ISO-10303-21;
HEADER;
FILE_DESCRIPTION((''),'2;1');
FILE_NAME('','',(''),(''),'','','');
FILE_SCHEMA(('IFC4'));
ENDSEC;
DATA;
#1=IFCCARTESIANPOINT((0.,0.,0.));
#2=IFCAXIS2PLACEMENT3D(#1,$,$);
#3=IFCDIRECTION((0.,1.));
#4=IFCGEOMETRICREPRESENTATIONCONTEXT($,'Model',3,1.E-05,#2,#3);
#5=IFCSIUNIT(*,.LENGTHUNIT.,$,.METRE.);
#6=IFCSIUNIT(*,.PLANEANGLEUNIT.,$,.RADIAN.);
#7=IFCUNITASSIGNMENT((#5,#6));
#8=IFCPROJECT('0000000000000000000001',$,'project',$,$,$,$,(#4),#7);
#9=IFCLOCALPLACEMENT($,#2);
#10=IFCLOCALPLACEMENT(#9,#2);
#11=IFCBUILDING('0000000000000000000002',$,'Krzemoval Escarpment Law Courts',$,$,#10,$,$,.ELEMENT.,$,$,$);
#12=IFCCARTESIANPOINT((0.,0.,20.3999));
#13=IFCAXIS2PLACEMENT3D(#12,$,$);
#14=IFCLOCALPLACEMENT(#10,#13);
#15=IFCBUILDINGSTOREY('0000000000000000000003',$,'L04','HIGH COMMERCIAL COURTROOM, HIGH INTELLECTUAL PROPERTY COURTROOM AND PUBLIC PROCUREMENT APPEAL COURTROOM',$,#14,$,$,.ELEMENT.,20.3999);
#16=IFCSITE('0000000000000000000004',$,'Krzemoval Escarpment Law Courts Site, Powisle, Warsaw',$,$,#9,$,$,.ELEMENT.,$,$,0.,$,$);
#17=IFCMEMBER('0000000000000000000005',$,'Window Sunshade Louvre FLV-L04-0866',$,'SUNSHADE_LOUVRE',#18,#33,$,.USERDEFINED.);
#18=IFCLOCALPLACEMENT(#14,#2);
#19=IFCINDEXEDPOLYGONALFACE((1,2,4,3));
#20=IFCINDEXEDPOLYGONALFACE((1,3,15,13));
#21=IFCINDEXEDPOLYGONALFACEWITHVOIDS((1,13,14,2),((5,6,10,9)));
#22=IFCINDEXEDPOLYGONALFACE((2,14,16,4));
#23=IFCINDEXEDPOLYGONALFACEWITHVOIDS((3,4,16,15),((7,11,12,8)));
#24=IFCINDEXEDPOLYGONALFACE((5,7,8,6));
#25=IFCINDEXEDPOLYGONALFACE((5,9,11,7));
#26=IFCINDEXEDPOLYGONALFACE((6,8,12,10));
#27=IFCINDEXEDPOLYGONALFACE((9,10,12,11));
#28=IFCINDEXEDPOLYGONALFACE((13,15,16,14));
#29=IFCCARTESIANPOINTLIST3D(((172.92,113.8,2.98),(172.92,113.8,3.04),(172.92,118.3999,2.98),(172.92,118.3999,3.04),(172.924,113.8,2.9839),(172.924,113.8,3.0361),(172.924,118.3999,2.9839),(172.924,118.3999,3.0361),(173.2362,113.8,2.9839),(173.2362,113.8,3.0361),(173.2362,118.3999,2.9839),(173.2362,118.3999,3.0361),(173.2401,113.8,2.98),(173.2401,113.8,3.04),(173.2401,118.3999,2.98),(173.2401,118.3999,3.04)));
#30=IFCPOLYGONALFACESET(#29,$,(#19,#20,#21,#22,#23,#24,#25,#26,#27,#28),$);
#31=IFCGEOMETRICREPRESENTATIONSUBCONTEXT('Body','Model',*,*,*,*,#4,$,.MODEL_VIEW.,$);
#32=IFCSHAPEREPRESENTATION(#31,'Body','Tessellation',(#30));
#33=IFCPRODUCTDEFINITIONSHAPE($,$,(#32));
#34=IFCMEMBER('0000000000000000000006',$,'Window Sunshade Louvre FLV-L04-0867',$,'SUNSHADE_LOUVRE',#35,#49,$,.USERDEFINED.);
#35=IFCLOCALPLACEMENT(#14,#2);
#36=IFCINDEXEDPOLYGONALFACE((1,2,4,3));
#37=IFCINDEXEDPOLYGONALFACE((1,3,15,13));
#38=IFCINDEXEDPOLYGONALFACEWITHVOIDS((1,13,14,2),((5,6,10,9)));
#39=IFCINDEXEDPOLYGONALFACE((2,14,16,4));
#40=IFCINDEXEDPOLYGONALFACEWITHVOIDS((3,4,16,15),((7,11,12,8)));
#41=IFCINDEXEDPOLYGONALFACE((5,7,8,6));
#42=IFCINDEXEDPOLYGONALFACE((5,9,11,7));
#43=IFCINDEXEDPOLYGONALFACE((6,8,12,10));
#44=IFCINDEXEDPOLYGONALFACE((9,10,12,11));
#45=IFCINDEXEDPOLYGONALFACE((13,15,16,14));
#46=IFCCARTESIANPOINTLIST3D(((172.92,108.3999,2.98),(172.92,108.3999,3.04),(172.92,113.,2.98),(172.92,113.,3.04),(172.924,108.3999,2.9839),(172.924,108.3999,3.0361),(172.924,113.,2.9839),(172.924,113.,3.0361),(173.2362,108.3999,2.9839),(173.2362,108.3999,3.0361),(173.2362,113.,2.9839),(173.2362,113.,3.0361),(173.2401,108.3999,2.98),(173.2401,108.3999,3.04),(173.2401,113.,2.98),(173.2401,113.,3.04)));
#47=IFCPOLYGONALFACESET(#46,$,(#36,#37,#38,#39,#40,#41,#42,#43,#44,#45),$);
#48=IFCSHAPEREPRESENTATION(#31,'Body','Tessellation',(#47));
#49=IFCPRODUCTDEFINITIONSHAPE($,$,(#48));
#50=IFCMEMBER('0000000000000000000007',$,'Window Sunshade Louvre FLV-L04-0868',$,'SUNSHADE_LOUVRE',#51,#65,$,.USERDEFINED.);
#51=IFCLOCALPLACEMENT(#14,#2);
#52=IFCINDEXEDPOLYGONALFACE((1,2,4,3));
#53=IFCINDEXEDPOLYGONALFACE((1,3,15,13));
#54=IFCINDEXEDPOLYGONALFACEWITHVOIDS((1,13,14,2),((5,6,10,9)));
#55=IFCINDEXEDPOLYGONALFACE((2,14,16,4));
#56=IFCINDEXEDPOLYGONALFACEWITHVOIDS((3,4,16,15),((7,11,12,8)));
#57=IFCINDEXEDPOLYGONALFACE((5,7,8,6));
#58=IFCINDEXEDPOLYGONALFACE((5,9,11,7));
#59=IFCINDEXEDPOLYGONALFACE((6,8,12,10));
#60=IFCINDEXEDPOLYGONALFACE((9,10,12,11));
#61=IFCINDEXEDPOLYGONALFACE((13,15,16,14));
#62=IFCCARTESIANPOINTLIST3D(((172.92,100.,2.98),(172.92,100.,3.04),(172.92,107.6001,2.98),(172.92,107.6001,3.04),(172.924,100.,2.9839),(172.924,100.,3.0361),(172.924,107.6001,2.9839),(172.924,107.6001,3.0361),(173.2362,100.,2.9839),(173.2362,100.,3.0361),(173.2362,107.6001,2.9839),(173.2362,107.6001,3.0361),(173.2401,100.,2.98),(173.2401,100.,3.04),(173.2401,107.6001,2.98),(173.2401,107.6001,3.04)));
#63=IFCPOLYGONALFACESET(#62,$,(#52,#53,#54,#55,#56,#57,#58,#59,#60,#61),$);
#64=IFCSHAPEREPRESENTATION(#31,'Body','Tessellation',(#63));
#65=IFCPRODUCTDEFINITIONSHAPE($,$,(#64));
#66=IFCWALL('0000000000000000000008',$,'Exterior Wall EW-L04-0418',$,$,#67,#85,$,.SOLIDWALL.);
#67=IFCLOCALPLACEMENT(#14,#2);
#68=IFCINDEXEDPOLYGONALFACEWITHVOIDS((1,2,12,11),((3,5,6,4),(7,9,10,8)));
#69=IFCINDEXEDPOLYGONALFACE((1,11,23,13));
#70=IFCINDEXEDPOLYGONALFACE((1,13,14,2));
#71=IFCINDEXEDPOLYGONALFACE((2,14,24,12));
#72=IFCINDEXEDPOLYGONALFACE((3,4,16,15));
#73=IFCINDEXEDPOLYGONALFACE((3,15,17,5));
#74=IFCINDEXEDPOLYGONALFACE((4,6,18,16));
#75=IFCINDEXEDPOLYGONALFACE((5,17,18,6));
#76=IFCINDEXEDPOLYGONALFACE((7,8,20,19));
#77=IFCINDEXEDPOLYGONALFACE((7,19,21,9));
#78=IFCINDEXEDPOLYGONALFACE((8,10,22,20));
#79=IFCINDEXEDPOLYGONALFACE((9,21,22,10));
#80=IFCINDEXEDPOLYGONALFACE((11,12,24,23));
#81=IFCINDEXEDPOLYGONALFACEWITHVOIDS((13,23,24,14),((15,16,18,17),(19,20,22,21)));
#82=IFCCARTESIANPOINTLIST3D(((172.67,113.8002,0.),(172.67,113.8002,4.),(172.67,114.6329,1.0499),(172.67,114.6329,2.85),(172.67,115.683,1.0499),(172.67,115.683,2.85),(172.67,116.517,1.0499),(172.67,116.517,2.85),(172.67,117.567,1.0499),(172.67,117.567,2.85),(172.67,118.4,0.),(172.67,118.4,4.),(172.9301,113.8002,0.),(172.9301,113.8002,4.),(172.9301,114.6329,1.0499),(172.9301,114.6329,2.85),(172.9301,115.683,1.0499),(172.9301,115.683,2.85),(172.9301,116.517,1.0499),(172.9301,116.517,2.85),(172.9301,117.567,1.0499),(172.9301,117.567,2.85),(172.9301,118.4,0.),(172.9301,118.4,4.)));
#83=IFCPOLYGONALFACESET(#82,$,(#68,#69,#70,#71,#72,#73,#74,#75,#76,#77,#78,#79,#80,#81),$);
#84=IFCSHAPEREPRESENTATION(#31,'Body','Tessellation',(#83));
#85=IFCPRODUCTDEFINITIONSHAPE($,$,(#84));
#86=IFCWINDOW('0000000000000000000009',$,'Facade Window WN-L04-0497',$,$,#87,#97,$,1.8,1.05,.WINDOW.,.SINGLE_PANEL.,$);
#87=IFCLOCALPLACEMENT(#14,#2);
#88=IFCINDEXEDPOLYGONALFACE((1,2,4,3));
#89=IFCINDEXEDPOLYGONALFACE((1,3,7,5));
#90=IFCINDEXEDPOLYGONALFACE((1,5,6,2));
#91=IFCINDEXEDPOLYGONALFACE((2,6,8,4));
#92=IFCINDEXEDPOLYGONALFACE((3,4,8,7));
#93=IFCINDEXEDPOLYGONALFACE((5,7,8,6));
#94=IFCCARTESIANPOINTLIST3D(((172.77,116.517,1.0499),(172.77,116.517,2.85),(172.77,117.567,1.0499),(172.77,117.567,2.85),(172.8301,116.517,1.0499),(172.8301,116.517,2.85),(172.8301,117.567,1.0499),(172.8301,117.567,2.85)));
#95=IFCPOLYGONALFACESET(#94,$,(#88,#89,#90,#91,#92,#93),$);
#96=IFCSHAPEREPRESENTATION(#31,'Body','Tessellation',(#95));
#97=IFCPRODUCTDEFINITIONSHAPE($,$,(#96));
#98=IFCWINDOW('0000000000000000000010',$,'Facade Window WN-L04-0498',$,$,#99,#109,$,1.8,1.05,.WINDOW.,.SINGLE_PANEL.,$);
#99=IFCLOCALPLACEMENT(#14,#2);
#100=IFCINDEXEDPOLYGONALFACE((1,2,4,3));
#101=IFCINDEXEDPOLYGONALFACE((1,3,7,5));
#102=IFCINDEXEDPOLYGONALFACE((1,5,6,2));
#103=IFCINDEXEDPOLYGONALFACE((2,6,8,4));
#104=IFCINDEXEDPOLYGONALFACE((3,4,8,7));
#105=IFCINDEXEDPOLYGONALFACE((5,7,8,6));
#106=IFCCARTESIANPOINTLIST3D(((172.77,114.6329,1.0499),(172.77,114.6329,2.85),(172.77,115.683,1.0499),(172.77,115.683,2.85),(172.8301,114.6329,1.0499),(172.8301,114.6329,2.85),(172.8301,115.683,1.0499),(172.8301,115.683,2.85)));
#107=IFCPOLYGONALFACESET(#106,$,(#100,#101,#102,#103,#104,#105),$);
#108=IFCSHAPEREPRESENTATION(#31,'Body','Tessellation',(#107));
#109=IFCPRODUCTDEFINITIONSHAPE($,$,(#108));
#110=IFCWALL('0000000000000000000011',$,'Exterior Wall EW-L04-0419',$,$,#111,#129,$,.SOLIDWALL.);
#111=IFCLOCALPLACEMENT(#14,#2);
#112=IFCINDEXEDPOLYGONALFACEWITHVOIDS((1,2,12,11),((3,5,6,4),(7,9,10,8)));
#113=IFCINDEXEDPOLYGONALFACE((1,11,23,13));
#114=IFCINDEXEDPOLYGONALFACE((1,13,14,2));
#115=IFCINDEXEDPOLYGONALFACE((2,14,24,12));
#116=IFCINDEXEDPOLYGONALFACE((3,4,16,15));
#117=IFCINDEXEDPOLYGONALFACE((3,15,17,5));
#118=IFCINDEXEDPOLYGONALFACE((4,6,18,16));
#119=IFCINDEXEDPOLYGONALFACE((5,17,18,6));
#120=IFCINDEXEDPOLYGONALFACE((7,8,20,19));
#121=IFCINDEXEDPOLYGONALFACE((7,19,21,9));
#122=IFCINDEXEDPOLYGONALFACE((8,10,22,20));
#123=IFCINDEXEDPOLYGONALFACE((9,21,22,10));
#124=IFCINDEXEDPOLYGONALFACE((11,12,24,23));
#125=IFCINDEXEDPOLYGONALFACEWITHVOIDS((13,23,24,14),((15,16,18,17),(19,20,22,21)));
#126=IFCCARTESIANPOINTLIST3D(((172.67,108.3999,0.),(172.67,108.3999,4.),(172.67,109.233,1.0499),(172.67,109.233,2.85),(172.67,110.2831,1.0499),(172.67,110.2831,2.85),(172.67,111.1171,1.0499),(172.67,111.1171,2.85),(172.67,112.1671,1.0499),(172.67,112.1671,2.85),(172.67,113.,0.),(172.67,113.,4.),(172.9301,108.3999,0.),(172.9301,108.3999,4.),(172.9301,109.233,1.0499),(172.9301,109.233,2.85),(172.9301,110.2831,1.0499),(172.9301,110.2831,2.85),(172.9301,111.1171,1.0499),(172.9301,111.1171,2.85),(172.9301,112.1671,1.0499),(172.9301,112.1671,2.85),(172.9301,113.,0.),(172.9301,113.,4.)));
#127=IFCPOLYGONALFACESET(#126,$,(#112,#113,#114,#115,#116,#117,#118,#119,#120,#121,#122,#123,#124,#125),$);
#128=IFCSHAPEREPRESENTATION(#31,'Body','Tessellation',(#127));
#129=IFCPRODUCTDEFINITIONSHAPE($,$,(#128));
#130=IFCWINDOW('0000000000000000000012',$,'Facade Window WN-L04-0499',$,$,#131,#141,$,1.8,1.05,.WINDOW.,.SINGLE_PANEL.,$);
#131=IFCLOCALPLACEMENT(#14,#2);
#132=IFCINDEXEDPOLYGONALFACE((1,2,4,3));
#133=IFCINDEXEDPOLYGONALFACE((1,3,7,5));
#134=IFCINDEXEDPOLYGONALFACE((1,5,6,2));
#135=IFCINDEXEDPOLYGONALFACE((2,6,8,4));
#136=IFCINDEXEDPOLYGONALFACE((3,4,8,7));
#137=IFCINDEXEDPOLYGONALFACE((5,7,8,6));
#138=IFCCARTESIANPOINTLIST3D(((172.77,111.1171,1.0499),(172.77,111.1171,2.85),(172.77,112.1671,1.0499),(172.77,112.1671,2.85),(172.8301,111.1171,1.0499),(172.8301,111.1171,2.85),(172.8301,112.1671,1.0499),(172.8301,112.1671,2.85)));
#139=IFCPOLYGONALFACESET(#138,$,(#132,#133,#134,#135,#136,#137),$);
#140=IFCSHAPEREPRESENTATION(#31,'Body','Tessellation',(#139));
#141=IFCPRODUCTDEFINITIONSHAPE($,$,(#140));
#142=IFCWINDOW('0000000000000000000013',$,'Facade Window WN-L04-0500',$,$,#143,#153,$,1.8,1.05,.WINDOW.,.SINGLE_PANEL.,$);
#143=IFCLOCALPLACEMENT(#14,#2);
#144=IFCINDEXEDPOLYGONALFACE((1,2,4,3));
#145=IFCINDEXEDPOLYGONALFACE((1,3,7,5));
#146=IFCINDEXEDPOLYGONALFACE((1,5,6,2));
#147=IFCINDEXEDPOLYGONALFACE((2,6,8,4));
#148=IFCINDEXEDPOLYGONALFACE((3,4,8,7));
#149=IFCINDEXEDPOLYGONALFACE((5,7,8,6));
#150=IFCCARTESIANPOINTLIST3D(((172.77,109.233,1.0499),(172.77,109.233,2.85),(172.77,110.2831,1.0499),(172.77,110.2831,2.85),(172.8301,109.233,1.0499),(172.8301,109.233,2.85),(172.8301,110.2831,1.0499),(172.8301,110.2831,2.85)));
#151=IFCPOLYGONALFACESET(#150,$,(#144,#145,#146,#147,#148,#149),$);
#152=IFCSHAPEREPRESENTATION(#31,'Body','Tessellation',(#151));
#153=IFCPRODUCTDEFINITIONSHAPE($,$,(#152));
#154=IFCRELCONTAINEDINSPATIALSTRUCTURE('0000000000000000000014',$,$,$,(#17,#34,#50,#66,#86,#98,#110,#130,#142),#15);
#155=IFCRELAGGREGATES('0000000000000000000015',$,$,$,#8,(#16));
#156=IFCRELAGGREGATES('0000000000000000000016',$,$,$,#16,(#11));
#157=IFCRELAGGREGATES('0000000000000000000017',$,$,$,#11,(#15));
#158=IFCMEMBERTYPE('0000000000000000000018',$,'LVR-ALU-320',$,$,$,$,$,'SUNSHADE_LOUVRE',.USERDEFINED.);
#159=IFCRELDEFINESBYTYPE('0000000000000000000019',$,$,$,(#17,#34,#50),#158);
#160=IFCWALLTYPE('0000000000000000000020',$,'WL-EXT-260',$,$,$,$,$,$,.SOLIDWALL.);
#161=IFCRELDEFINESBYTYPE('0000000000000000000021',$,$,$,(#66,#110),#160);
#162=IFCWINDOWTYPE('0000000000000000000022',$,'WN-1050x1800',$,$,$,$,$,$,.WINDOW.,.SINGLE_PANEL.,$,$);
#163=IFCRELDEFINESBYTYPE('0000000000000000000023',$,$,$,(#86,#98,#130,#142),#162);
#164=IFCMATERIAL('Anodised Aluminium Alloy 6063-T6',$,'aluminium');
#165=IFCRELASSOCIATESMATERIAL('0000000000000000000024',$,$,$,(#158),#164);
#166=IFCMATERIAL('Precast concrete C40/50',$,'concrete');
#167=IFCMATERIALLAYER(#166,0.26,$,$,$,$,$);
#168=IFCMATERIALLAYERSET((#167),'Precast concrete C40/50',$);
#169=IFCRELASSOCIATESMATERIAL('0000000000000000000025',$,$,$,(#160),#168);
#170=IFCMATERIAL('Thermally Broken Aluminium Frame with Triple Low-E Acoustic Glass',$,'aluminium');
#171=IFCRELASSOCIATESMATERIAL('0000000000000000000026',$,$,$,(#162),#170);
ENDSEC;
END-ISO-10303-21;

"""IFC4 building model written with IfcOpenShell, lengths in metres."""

from ifc_helpers import new_model, si_unit, direction, frame, frame_2d, origin, origin_2d, place, context, subcontext, project, spatial, rectangle, hollow_rectangle, extrude, material, layer, layer_set, material_profile, profile_set, type_object, element, fill, save


model = new_model("IFC4")

# Units and contexts
model_context = context("Model", 3, precision=1e-05, world=origin(), true_north=direction((0.0, 1.0)))
body_context = subcontext(model_context, "Body", "Model", "MODEL_VIEW")
ifc_project = project(units=[si_unit("LENGTHUNIT", "METRE"), si_unit("PLANEANGLEUNIT", "RADIAN")], contexts=[model_context])

# Site, building, storey
site_placement = place(None, origin())
site = spatial("IfcSite", under=ifc_project, at=site_placement, Name="Krzemoval Escarpment Law Courts Site, Powisle, Warsaw", CompositionType="ELEMENT", RefElevation=0.0)
building_placement = place(site_placement, origin())
building = spatial("IfcBuilding", under=site, at=building_placement, Name="Krzemoval Escarpment Law Courts", CompositionType="ELEMENT")
storey_placement = place(building_placement, frame((0.0, 0.0, 20.3999)))
storey = spatial("IfcBuildingStorey", under=building, at=storey_placement, Name="L04", Description="HIGH COMMERCIAL COURTROOM, HIGH INTELLECTUAL PROPERTY COURTROOM AND PUBLIC PROCUREMENT APPEAL COURTROOM", CompositionType="ELEMENT", Elevation=20.3999)

# Members
ifc_material_1 = material(Name="Anodised Aluminium Alloy 6063-T6", Category="aluminium")
ifc_material_profile_1 = material_profile(ifc_material_1, hollow_rectangle(XDim=0.0601, YDim=0.3201, WallThickness=0.0039, at=origin_2d()), Name="ALU LVR 60x320")
ifc_profile_set_1 = profile_set([ifc_material_profile_1], Name="Anodised Aluminium Alloy 6063-T6")
member_type_1 = type_object("IfcMemberType", Name="LVR-ALU-320", ElementType="SUNSHADE_LOUVRE", PredefinedType="USERDEFINED", material=ifc_profile_set_1)
member_1_placement = place(storey_placement, frame((173.0801, 118.3999, 3.01), z_axis=(0.0, -1.0, 0.0), x_axis=(0.0, 0.0, 1.0)))
element("IfcMember", 1, at=member_1_placement, inside=storey, type_object=member_type_1, Name="Window Sunshade Louvre FLV-L04-0866", ObjectType="SUNSHADE_LOUVRE", PredefinedType="USERDEFINED", context=body_context, shape_type="SweptSolid", body=[
    extrude(hollow_rectangle(XDim=0.0601, YDim=0.3201, WallThickness=0.0039, at=origin_2d()), origin(), (0.0, 0.0, 1.0), 4.5999),
])
member_2_placement = place(storey_placement, frame((173.0801, 113.0, 3.01), z_axis=(0.0, -1.0, 0.0), x_axis=(0.0, 0.0, 1.0)))
element("IfcMember", 2, at=member_2_placement, inside=storey, type_object=member_type_1, Name="Window Sunshade Louvre FLV-L04-0867", ObjectType="SUNSHADE_LOUVRE", PredefinedType="USERDEFINED", context=body_context, shape_type="SweptSolid", body=[
    extrude(hollow_rectangle(XDim=0.0601, YDim=0.3201, WallThickness=0.0039, at=origin_2d()), origin(), (0.0, 0.0, 1.0), 4.6001),
])
member_3_placement = place(storey_placement, frame((173.0801, 107.6001, 3.01), z_axis=(0.0, -1.0, 0.0), x_axis=(0.0, 0.0, 1.0)))
element("IfcMember", 3, at=member_3_placement, inside=storey, type_object=member_type_1, Name="Window Sunshade Louvre FLV-L04-0868", ObjectType="SUNSHADE_LOUVRE", PredefinedType="USERDEFINED", context=body_context, shape_type="SweptSolid", body=[
    extrude(hollow_rectangle(XDim=0.0601, YDim=0.3201, WallThickness=0.0039, at=origin_2d()), origin(), (0.0, 0.0, 1.0), 7.6001),
])

# Walls, openings, windows
ifc_material_2 = material(Name="Precast concrete C40/50", Category="concrete")
ifc_layer_1 = layer(ifc_material_2, 0.26)
ifc_layer_set_1 = layer_set([ifc_layer_1], Name="Precast concrete C40/50")
wall_type_1 = type_object("IfcWallType", Name="WL-EXT-260", PredefinedType="SOLIDWALL", material=ifc_layer_set_1)
wall_1_placement = place(storey_placement, frame((172.8, 118.3999, 0.0), z_axis=(0.0, 0.0, 1.0), x_axis=(0.0, -1.0, 0.0)))
wall_1 = element("IfcWall", 4, at=wall_1_placement, inside=storey, type_object=wall_type_1, Name="Exterior Wall EW-L04-0418", PredefinedType="SOLIDWALL", context=body_context, shape_type="SweptSolid", body=[
    extrude(rectangle(XDim=4.5999, YDim=0.26, at=frame_2d((2.2998, 0.0))), origin(), (0.0, 0.0, 1.0), 4.0),
])
opening_1_placement = place(wall_1_placement, frame((0.833, 0.0, 1.05)))
opening_1 = element("IfcOpeningElement", 5, at=opening_1_placement, cuts=wall_1, PredefinedType="OPENING", context=body_context, shape_type="SweptSolid", body=[
    extrude(rectangle(XDim=1.05, YDim=1.8, at=frame_2d((0.5249, 0.8999))), frame((0.0, 0.145, 0.0), z_axis=(0.0, -1.0, 0.0), x_axis=(1.0, 0.0, 0.0)), (0.0, 0.0, 1.0), 0.29),
])
opening_2_placement = place(wall_1_placement, frame((2.717, 0.0, 1.05)))
opening_2 = element("IfcOpeningElement", 6, at=opening_2_placement, cuts=wall_1, PredefinedType="OPENING", context=body_context, shape_type="SweptSolid", body=[
    extrude(rectangle(XDim=1.05, YDim=1.8, at=frame_2d((0.5249, 0.8999))), frame((0.0, 0.145, 0.0), z_axis=(0.0, -1.0, 0.0), x_axis=(1.0, 0.0, 0.0)), (0.0, 0.0, 1.0), 0.29),
])
ifc_material_3 = material(Name="Thermally Broken Aluminium Frame with Triple Low-E Acoustic Glass", Category="aluminium")
window_type = type_object("IfcWindowType", Name="WN-1050x1800", PartitioningType="SINGLE_PANEL", PredefinedType="WINDOW", material=ifc_material_3)
window_1_placement = place(opening_1_placement, origin())
window_1 = element("IfcWindow", 7, at=window_1_placement, inside=storey, type_object=window_type, Name="Facade Window WN-L04-0497", OverallHeight=1.8, OverallWidth=1.05, PartitioningType="SINGLE_PANEL", PredefinedType="WINDOW", context=body_context, shape_type="SweptSolid", body=[
    extrude(rectangle(XDim=1.05, YDim=1.8, at=frame_2d((0.5249, 0.8999))), frame((0.0, 0.03, 0.0), z_axis=(0.0, -1.0, 0.0), x_axis=(1.0, 0.0, 0.0)), (0.0, 0.0, 1.0), 0.0601),
])
fill(opening_1, window_1)
window_2_placement = place(opening_2_placement, origin())
window_2 = element("IfcWindow", 8, at=window_2_placement, inside=storey, type_object=window_type, Name="Facade Window WN-L04-0498", OverallHeight=1.8, OverallWidth=1.05, PartitioningType="SINGLE_PANEL", PredefinedType="WINDOW", context=body_context, shape_type="SweptSolid", body=[
    extrude(rectangle(XDim=1.05, YDim=1.8, at=frame_2d((0.5249, 0.8999))), frame((0.0, 0.03, 0.0), z_axis=(0.0, -1.0, 0.0), x_axis=(1.0, 0.0, 0.0)), (0.0, 0.0, 1.0), 0.0601),
])
fill(opening_2, window_2)
wall_2_placement = place(storey_placement, frame((172.8, 113.0, 0.0), z_axis=(0.0, 0.0, 1.0), x_axis=(0.0, -1.0, 0.0)))
wall_2 = element("IfcWall", 9, at=wall_2_placement, inside=storey, type_object=wall_type_1, Name="Exterior Wall EW-L04-0419", PredefinedType="SOLIDWALL", context=body_context, shape_type="SweptSolid", body=[
    extrude(rectangle(XDim=4.6001, YDim=0.26, at=frame_2d((2.3, 0.0))), origin(), (0.0, 0.0, 1.0), 4.0),
])
opening_3_placement = place(wall_2_placement, frame((0.833, 0.0, 1.05)))
opening_3 = element("IfcOpeningElement", 10, at=opening_3_placement, cuts=wall_2, PredefinedType="OPENING", context=body_context, shape_type="SweptSolid", body=[
    extrude(rectangle(XDim=1.05, YDim=1.8, at=frame_2d((0.5249, 0.8999))), frame((0.0, 0.145, 0.0), z_axis=(0.0, -1.0, 0.0), x_axis=(1.0, 0.0, 0.0)), (0.0, 0.0, 1.0), 0.29),
])
opening_4_placement = place(wall_2_placement, frame((2.717, 0.0, 1.05)))
opening_4 = element("IfcOpeningElement", 11, at=opening_4_placement, cuts=wall_2, PredefinedType="OPENING", context=body_context, shape_type="SweptSolid", body=[
    extrude(rectangle(XDim=1.05, YDim=1.8, at=frame_2d((0.5249, 0.8999))), frame((0.0, 0.145, 0.0), z_axis=(0.0, -1.0, 0.0), x_axis=(1.0, 0.0, 0.0)), (0.0, 0.0, 1.0), 0.29),
])
window_3_placement = place(opening_3_placement, origin())
window_3 = element("IfcWindow", 12, at=window_3_placement, inside=storey, type_object=window_type, Name="Facade Window WN-L04-0499", OverallHeight=1.8, OverallWidth=1.05, PartitioningType="SINGLE_PANEL", PredefinedType="WINDOW", context=body_context, shape_type="SweptSolid", body=[
    extrude(rectangle(XDim=1.05, YDim=1.8, at=frame_2d((0.5249, 0.8999))), frame((0.0, 0.03, 0.0), z_axis=(0.0, -1.0, 0.0), x_axis=(1.0, 0.0, 0.0)), (0.0, 0.0, 1.0), 0.0601),
])
fill(opening_3, window_3)
window_4_placement = place(opening_4_placement, origin())
window_4 = element("IfcWindow", 13, at=window_4_placement, inside=storey, type_object=window_type, Name="Facade Window WN-L04-0500", OverallHeight=1.8, OverallWidth=1.05, PartitioningType="SINGLE_PANEL", PredefinedType="WINDOW", context=body_context, shape_type="SweptSolid", body=[
    extrude(rectangle(XDim=1.05, YDim=1.8, at=frame_2d((0.5249, 0.8999))), frame((0.0, 0.03, 0.0), z_axis=(0.0, -1.0, 0.0), x_axis=(1.0, 0.0, 0.0)), (0.0, 0.0, 1.0), 0.0601),
])
fill(opening_4, window_4)

save(model, "model.ifc")
